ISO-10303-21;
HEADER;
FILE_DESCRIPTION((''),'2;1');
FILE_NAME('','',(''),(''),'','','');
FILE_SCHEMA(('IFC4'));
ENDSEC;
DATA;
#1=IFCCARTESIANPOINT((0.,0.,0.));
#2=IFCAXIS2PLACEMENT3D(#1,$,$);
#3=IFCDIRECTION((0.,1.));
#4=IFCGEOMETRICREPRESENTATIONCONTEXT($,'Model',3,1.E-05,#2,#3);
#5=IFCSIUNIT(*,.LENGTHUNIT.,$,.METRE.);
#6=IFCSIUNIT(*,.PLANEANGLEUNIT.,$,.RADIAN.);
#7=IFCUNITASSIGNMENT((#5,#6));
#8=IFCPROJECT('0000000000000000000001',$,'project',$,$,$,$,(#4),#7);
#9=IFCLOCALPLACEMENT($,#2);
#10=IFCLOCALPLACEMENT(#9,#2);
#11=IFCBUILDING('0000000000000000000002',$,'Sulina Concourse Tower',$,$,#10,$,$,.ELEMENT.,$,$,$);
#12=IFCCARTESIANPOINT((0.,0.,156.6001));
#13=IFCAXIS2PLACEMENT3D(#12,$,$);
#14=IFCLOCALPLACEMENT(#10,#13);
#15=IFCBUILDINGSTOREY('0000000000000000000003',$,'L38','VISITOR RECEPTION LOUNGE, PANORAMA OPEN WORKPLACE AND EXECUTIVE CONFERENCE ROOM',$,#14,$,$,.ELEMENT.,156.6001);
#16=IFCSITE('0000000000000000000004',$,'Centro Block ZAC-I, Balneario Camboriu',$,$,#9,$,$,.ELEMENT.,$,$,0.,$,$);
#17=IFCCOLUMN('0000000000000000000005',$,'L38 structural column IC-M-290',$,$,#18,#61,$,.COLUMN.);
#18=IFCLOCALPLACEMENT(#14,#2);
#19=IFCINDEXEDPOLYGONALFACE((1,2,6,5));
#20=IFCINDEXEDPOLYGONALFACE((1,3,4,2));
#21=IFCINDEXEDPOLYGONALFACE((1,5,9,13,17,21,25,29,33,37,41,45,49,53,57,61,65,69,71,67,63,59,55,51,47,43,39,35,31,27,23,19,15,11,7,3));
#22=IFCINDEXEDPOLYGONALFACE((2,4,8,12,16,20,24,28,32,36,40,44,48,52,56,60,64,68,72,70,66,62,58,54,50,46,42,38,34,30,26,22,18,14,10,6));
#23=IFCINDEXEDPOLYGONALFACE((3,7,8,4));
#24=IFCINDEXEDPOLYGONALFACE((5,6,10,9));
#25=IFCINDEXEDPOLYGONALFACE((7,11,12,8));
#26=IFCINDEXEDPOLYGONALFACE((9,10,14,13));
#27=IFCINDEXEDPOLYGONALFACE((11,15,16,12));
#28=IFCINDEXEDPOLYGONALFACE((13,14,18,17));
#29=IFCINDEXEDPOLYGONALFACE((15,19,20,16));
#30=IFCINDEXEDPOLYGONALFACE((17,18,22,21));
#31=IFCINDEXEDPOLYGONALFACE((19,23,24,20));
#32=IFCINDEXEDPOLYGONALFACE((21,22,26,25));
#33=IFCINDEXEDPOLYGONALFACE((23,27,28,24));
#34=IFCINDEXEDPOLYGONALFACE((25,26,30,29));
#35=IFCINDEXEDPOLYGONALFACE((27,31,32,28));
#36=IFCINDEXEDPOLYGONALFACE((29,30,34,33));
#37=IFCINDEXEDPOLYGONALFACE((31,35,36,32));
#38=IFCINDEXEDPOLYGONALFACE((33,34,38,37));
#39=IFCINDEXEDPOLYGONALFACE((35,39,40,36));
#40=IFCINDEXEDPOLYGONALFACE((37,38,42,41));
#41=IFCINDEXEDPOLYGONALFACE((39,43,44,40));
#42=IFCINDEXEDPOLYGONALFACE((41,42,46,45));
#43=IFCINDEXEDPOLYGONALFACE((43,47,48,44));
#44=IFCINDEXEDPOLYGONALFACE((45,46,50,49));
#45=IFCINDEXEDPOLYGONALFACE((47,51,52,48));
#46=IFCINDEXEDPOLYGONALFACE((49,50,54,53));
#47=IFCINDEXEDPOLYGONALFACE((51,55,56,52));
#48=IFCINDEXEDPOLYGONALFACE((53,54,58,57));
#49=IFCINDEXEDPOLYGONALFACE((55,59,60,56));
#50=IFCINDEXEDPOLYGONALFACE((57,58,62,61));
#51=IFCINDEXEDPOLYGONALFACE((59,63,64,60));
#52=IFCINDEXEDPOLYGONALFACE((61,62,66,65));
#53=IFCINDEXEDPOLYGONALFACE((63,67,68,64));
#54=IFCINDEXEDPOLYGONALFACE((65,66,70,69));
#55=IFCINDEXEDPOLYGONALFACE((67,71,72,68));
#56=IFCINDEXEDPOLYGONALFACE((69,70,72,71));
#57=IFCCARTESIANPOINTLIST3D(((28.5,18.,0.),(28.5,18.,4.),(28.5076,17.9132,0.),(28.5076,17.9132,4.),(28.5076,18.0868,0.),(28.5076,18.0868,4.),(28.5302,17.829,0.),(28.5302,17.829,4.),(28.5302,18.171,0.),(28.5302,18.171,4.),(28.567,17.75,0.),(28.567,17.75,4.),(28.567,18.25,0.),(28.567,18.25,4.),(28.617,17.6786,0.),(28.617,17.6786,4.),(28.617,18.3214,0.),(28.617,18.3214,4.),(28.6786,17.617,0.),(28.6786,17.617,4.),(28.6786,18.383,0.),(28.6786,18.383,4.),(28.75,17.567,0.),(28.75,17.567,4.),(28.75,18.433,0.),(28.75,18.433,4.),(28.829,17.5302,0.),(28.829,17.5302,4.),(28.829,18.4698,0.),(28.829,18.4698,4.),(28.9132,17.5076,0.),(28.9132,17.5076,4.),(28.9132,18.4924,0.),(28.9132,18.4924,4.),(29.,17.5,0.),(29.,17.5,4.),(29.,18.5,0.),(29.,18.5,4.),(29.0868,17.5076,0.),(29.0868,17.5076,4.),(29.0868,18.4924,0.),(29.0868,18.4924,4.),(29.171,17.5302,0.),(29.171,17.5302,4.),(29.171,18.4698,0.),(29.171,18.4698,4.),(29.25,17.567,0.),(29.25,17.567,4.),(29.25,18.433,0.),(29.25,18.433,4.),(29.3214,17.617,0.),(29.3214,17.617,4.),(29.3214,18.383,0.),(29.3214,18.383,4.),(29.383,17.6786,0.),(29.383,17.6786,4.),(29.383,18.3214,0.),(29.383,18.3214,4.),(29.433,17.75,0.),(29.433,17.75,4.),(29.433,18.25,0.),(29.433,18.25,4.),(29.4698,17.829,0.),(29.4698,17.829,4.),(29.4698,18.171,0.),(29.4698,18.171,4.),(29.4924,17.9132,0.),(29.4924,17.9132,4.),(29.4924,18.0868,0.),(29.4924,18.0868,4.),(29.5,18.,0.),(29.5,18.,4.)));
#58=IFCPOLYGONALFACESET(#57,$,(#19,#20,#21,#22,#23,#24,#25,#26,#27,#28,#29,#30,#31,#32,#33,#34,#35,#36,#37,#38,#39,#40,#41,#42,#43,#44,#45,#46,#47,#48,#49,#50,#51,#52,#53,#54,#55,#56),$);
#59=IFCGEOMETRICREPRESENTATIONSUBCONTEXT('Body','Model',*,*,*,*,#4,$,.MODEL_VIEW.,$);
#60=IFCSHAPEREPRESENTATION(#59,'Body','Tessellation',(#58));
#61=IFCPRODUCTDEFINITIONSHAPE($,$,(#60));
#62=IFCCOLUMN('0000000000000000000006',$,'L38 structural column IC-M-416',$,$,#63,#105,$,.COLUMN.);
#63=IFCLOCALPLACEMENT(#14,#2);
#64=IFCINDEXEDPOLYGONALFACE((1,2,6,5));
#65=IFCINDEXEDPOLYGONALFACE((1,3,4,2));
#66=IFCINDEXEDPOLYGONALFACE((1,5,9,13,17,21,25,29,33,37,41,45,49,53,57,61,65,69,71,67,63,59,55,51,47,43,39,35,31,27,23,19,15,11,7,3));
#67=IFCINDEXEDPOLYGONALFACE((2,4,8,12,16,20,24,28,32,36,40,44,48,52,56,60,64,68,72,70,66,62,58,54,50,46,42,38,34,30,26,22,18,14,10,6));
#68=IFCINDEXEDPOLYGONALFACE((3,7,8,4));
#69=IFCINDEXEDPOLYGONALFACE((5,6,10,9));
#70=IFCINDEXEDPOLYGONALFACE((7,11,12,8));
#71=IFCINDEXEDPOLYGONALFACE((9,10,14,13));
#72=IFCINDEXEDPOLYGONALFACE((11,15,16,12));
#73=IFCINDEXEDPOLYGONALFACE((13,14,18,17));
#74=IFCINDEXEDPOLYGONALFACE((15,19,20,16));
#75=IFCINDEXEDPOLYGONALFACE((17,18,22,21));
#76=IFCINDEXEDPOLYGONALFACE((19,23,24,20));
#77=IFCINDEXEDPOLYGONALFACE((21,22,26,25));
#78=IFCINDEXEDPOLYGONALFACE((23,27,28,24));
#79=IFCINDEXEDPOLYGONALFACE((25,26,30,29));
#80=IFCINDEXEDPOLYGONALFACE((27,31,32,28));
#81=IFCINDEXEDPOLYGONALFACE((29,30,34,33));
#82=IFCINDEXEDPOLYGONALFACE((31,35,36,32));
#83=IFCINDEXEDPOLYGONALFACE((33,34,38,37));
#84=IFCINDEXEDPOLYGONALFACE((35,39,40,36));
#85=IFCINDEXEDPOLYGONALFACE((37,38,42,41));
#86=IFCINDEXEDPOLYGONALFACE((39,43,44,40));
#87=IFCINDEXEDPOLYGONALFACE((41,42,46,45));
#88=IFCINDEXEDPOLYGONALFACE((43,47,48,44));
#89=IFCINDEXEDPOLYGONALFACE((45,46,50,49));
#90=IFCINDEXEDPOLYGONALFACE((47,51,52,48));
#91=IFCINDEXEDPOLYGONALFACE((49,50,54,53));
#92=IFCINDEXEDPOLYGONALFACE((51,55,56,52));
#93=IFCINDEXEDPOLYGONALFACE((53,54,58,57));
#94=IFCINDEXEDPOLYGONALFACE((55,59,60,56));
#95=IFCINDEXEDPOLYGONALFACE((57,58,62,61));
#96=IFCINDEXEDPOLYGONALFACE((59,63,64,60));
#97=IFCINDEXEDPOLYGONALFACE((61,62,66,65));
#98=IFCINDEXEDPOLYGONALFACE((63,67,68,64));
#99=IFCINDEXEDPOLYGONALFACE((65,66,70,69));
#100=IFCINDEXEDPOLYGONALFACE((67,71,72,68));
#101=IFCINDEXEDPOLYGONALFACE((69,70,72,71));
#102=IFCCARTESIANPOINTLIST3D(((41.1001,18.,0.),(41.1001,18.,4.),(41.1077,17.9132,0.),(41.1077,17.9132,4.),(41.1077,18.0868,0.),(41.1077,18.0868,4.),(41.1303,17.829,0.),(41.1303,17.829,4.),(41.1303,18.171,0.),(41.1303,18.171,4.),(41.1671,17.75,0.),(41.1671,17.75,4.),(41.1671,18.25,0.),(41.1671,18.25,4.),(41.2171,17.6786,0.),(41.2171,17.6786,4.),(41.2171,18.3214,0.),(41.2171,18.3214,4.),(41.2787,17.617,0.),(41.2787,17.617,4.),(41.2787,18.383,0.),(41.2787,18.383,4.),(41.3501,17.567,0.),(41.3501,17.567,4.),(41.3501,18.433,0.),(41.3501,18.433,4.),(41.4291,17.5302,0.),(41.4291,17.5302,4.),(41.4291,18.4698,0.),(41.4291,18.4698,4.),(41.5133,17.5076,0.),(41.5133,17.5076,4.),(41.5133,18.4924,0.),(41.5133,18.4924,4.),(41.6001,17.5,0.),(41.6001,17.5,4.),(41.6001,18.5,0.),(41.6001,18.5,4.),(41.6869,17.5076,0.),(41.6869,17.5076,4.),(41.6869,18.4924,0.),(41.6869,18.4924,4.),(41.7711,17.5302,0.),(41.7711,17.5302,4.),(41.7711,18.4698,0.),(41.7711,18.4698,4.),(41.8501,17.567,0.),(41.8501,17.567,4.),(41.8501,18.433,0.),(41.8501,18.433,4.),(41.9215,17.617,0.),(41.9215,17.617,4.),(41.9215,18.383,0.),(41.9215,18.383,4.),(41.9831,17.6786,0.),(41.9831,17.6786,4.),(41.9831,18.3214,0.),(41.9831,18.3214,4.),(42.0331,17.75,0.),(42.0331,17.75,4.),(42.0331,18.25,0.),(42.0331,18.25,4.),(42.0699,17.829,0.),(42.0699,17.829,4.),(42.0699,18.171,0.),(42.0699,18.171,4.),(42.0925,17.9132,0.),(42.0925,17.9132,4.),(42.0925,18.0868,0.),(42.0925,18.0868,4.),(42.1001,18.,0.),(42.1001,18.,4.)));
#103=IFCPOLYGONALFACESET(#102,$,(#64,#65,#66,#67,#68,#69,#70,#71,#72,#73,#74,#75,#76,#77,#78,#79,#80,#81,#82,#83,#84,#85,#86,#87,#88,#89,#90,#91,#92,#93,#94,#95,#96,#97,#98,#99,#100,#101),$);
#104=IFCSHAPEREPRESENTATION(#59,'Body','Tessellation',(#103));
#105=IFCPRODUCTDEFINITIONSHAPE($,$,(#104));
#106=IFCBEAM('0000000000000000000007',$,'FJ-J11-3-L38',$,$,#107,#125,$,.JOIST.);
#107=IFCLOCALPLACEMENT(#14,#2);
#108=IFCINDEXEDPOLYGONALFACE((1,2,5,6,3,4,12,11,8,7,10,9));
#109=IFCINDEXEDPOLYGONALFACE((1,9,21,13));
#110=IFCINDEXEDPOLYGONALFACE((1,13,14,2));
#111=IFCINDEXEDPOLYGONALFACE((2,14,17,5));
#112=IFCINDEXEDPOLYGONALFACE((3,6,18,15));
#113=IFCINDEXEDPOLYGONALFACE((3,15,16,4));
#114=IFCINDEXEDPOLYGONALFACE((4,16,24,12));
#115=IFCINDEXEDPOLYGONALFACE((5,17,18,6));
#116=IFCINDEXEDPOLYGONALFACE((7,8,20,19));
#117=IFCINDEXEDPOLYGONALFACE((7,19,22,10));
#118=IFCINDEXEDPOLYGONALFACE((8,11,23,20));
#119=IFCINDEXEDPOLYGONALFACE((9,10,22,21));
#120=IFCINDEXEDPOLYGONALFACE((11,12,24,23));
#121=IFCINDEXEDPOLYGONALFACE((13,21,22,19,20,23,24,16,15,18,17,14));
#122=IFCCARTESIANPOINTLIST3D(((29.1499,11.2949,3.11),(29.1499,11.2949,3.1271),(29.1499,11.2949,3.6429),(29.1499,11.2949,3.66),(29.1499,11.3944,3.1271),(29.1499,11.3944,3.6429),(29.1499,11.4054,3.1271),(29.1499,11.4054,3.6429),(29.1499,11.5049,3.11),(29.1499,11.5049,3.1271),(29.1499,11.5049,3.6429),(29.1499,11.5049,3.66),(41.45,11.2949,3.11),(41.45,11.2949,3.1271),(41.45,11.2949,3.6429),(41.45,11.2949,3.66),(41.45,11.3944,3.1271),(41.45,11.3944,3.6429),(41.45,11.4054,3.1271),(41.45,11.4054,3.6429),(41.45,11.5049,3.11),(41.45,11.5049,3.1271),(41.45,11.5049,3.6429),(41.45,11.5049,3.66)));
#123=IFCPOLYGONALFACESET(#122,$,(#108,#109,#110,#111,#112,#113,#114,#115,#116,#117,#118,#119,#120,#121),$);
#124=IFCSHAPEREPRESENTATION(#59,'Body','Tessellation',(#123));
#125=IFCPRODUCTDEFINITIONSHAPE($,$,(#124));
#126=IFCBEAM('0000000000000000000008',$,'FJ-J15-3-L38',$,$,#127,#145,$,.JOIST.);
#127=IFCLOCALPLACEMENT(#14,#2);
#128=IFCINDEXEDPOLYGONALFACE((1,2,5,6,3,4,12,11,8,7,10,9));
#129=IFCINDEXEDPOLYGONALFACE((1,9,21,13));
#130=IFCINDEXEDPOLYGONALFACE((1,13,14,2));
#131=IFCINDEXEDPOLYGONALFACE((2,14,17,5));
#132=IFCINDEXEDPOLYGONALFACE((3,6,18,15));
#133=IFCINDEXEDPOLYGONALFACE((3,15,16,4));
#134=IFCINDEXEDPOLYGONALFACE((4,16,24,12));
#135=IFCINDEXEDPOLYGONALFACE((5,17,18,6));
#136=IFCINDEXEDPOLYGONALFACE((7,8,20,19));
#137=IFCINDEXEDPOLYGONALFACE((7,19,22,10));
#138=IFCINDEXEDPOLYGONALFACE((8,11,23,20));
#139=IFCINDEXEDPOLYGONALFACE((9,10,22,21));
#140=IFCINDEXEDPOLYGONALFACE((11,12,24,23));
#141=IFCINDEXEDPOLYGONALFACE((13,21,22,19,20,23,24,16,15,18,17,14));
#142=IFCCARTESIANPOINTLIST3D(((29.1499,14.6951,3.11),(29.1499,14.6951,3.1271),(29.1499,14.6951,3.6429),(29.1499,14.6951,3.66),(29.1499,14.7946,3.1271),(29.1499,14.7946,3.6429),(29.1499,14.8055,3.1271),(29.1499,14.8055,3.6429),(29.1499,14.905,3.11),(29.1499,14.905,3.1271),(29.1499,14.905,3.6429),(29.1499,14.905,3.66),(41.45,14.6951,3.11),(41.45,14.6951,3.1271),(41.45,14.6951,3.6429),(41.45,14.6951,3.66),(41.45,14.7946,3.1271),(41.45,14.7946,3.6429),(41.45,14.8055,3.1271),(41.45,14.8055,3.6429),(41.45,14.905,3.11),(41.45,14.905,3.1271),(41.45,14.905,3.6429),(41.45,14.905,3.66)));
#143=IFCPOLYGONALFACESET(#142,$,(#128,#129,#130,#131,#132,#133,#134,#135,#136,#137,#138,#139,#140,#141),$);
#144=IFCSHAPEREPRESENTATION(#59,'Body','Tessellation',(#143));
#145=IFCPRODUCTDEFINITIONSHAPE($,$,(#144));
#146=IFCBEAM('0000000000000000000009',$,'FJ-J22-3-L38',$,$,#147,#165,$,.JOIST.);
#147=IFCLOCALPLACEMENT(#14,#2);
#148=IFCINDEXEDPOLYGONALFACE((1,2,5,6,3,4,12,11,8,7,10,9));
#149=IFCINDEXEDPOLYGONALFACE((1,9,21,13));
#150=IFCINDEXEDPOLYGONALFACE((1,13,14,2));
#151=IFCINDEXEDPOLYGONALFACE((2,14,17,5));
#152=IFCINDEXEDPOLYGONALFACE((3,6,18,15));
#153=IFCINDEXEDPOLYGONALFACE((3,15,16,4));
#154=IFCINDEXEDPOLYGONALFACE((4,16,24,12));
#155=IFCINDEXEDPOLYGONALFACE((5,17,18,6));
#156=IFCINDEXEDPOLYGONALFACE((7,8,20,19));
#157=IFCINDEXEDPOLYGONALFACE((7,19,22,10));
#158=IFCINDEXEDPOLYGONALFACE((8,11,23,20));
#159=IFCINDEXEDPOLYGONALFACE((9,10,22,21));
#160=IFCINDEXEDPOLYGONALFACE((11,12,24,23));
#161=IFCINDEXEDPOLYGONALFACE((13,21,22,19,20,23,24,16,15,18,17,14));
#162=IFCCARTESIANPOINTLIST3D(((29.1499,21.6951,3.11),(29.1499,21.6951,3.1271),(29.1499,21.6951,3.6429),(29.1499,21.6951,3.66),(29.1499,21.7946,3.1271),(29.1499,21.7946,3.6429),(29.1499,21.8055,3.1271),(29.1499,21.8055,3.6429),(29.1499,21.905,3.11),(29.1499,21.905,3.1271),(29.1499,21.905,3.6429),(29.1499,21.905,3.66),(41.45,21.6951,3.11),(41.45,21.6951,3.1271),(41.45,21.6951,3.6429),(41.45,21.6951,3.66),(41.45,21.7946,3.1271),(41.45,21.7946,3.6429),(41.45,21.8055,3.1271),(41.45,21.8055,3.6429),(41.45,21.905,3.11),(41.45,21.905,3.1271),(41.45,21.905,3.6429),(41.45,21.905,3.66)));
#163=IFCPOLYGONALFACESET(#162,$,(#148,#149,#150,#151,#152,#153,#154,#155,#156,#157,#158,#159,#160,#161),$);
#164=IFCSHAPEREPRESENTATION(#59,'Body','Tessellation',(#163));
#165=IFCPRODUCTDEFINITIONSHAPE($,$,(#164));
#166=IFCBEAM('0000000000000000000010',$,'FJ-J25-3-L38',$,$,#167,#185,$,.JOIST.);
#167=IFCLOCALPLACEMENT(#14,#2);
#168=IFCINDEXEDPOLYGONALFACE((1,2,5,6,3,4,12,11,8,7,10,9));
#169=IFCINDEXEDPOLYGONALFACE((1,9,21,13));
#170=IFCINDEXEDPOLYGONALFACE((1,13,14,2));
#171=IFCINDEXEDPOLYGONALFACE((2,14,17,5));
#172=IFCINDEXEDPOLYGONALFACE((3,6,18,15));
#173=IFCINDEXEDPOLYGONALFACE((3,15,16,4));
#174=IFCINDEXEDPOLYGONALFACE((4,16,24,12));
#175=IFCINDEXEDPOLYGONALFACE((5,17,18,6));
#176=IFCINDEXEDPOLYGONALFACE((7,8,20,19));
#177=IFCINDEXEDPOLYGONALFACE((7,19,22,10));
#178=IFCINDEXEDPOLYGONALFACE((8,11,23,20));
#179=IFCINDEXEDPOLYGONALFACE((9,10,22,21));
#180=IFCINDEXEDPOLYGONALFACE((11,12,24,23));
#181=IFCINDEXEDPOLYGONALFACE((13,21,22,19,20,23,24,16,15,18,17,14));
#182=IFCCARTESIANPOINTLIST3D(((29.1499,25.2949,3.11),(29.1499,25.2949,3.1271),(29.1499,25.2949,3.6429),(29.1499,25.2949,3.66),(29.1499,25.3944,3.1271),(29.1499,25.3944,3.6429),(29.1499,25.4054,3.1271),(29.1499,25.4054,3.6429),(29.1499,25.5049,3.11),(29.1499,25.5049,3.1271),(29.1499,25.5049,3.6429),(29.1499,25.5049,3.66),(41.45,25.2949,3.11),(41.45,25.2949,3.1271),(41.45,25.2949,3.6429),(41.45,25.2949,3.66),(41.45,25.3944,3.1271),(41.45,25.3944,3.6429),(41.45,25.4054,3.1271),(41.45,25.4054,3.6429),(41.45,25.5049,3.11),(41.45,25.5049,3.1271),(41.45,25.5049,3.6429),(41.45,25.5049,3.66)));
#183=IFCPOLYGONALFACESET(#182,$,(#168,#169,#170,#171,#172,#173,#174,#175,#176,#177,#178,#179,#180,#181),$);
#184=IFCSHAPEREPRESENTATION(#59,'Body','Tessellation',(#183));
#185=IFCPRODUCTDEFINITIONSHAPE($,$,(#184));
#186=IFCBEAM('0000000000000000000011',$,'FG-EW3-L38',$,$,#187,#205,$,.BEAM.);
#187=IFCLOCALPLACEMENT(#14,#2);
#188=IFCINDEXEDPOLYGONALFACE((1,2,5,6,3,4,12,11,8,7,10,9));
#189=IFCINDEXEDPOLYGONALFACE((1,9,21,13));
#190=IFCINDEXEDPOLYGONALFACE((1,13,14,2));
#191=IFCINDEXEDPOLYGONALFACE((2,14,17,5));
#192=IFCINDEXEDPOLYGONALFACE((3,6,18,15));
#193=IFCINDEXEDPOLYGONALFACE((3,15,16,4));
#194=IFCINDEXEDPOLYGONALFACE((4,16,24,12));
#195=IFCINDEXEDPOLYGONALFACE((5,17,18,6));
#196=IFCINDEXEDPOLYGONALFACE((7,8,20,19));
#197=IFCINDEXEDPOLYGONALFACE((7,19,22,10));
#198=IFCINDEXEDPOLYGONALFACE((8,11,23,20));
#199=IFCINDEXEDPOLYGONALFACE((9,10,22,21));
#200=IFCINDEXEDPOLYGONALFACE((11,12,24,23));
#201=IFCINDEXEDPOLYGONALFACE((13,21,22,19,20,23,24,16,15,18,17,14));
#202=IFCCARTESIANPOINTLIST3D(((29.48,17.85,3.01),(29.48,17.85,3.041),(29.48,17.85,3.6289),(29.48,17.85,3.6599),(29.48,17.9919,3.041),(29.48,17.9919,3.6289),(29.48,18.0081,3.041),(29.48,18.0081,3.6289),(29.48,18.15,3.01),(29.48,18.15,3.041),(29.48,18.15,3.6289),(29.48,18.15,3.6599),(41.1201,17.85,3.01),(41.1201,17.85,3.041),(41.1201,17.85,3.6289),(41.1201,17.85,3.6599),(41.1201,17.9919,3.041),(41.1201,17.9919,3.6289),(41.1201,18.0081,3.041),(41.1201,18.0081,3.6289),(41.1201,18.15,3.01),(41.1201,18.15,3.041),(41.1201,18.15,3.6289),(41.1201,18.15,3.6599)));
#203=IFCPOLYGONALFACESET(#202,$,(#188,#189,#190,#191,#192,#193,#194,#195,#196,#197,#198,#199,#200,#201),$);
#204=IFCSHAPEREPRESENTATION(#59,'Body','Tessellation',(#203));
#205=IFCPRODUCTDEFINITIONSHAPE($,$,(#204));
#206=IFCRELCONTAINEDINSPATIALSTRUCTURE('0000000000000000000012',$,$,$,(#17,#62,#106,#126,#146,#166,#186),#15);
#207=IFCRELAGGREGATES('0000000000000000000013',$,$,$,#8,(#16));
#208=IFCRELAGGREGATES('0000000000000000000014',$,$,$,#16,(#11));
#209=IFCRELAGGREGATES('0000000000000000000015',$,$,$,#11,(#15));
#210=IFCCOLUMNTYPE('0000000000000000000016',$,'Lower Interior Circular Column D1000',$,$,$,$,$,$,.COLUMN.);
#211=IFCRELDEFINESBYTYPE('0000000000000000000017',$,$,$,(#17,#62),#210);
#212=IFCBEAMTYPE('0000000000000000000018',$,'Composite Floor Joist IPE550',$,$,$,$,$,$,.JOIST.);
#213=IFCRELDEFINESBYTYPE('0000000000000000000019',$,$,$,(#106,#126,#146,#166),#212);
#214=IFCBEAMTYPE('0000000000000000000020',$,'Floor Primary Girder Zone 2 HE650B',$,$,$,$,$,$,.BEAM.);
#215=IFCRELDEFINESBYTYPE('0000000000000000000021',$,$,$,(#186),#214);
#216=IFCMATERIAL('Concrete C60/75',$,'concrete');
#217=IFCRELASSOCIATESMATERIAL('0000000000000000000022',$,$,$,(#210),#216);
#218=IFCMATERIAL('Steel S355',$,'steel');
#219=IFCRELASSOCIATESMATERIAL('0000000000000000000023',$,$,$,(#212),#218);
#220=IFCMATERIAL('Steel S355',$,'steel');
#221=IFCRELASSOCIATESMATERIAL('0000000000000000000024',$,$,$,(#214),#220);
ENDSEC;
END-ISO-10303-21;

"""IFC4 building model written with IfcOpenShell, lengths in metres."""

from ifc_helpers import new_model, si_unit, direction, frame, origin, origin_2d, place, context, subcontext, project, spatial, circle, i_section, extrude, material, material_profile, profile_set, type_object, element, save


model = new_model("IFC4")

# Units and contexts
model_context = context("Model", 3, precision=1e-05, world=origin(), true_north=direction((0.0, 1.0)))
body_context = subcontext(model_context, "Body", "Model", "MODEL_VIEW")
ifc_project = project(units=[si_unit("LENGTHUNIT", "METRE"), si_unit("PLANEANGLEUNIT", "RADIAN")], contexts=[model_context])

# Site, building, storey
site_placement = place(None, origin())
site = spatial("IfcSite", under=ifc_project, at=site_placement, Name="Centro Block ZAC-I, Balneario Camboriu", CompositionType="ELEMENT", RefElevation=0.0)
building_placement = place(site_placement, origin())
building = spatial("IfcBuilding", under=site, at=building_placement, Name="Sulina Concourse Tower", CompositionType="ELEMENT")
storey_placement = place(building_placement, frame((0.0, 0.0, 156.6001)))
storey = spatial("IfcBuildingStorey", under=building, at=storey_placement, Name="L38", Description="VISITOR RECEPTION LOUNGE, PANORAMA OPEN WORKPLACE AND EXECUTIVE CONFERENCE ROOM", CompositionType="ELEMENT", Elevation=156.6001)

# Columns
ifc_material_1 = material(Name="Concrete C60/75", Category="concrete")
ifc_material_profile_1 = material_profile(ifc_material_1, circle(Radius=0.5, at=origin_2d()), Name="RC D1000")
ifc_profile_set_1 = profile_set([ifc_material_profile_1], Name="Concrete C60/75")
column_type = type_object("IfcColumnType", Name="Lower Interior Circular Column D1000", PredefinedType="COLUMN", material=ifc_profile_set_1)
for number, where, z_axis, x_axis, name in (
    (1, (29.0, 18.0, 0.0), (0.0, 0.0, 1.0), (1.0, 0.0, 0.0), "L38 structural column IC-M-290"),
    (2, (41.6001, 18.0, 0.0), (0.0, 0.0, 1.0), (1.0, 0.0, 0.0), "L38 structural column IC-M-416"),
):
    element("IfcColumn", number, at=place(storey_placement, frame(where, z_axis=z_axis, x_axis=x_axis)), inside=storey, type_object=column_type, Name=name, PredefinedType="COLUMN", context=body_context, shape_type="SweptSolid", body=[
        extrude(circle(Radius=0.5, at=origin_2d()), origin(), (0.0, 0.0, 1.0), 4.0),
    ])

# Beams
ifc_material_2 = material(Name="Steel S355", Category="steel")
ifc_material_profile_2 = material_profile(ifc_material_2, i_section(OverallWidth=0.21, OverallDepth=0.55, WebThickness=0.011, FlangeThickness=0.0171, at=origin_2d()), Name="IPE 550")
ifc_profile_set_2 = profile_set([ifc_material_profile_2], Name="Steel S355")
beam_type_1 = type_object("IfcBeamType", Name="Composite Floor Joist IPE550", PredefinedType="JOIST", material=ifc_profile_set_2)
for number, where, z_axis, x_axis, name in (
    (3, (29.1499, 11.3999, 3.385), (1.0, 0.0, 0.0), (0.0, 1.0, 0.0), "FJ-J11-3-L38"),
    (4, (29.1499, 14.8, 3.385), (1.0, 0.0, 0.0), (0.0, 1.0, 0.0), "FJ-J15-3-L38"),
    (5, (29.1499, 21.8, 3.385), (1.0, 0.0, 0.0), (0.0, 1.0, 0.0), "FJ-J22-3-L38"),
    (6, (29.1499, 25.3999, 3.385), (1.0, 0.0, 0.0), (0.0, 1.0, 0.0), "FJ-J25-3-L38"),
):
    element("IfcBeam", number, at=place(storey_placement, frame(where, z_axis=z_axis, x_axis=x_axis)), inside=storey, type_object=beam_type_1, Name=name, PredefinedType="JOIST", context=body_context, shape_type="SweptSolid", body=[
        extrude(i_section(OverallWidth=0.21, OverallDepth=0.55, WebThickness=0.011, FlangeThickness=0.0171, at=origin_2d()), origin(), (0.0, 0.0, 1.0), 12.3),
    ])
ifc_material_3 = material(Name="Steel S355", Category="steel")
ifc_material_profile_3 = material_profile(ifc_material_3, i_section(OverallWidth=0.3, OverallDepth=0.6499, WebThickness=0.0161, FlangeThickness=0.031, at=origin_2d()), Name="HE 650 B")
ifc_profile_set_3 = profile_set([ifc_material_profile_3], Name="Steel S355")
beam_type_2 = type_object("IfcBeamType", Name="Floor Primary Girder Zone 2 HE650B", PredefinedType="BEAM", material=ifc_profile_set_3)
beam_placement = place(storey_placement, frame((29.48, 18.0, 3.335), z_axis=(1.0, 0.0, 0.0), x_axis=(0.0, 1.0, 0.0)))
element("IfcBeam", 7, at=beam_placement, inside=storey, type_object=beam_type_2, Name="FG-EW3-L38", PredefinedType="BEAM", context=body_context, shape_type="SweptSolid", body=[
    extrude(i_section(OverallWidth=0.3, OverallDepth=0.6499, WebThickness=0.0161, FlangeThickness=0.031, at=origin_2d()), origin(), (0.0, 0.0, 1.0), 11.6401),
])

save(model, "model.ifc")
